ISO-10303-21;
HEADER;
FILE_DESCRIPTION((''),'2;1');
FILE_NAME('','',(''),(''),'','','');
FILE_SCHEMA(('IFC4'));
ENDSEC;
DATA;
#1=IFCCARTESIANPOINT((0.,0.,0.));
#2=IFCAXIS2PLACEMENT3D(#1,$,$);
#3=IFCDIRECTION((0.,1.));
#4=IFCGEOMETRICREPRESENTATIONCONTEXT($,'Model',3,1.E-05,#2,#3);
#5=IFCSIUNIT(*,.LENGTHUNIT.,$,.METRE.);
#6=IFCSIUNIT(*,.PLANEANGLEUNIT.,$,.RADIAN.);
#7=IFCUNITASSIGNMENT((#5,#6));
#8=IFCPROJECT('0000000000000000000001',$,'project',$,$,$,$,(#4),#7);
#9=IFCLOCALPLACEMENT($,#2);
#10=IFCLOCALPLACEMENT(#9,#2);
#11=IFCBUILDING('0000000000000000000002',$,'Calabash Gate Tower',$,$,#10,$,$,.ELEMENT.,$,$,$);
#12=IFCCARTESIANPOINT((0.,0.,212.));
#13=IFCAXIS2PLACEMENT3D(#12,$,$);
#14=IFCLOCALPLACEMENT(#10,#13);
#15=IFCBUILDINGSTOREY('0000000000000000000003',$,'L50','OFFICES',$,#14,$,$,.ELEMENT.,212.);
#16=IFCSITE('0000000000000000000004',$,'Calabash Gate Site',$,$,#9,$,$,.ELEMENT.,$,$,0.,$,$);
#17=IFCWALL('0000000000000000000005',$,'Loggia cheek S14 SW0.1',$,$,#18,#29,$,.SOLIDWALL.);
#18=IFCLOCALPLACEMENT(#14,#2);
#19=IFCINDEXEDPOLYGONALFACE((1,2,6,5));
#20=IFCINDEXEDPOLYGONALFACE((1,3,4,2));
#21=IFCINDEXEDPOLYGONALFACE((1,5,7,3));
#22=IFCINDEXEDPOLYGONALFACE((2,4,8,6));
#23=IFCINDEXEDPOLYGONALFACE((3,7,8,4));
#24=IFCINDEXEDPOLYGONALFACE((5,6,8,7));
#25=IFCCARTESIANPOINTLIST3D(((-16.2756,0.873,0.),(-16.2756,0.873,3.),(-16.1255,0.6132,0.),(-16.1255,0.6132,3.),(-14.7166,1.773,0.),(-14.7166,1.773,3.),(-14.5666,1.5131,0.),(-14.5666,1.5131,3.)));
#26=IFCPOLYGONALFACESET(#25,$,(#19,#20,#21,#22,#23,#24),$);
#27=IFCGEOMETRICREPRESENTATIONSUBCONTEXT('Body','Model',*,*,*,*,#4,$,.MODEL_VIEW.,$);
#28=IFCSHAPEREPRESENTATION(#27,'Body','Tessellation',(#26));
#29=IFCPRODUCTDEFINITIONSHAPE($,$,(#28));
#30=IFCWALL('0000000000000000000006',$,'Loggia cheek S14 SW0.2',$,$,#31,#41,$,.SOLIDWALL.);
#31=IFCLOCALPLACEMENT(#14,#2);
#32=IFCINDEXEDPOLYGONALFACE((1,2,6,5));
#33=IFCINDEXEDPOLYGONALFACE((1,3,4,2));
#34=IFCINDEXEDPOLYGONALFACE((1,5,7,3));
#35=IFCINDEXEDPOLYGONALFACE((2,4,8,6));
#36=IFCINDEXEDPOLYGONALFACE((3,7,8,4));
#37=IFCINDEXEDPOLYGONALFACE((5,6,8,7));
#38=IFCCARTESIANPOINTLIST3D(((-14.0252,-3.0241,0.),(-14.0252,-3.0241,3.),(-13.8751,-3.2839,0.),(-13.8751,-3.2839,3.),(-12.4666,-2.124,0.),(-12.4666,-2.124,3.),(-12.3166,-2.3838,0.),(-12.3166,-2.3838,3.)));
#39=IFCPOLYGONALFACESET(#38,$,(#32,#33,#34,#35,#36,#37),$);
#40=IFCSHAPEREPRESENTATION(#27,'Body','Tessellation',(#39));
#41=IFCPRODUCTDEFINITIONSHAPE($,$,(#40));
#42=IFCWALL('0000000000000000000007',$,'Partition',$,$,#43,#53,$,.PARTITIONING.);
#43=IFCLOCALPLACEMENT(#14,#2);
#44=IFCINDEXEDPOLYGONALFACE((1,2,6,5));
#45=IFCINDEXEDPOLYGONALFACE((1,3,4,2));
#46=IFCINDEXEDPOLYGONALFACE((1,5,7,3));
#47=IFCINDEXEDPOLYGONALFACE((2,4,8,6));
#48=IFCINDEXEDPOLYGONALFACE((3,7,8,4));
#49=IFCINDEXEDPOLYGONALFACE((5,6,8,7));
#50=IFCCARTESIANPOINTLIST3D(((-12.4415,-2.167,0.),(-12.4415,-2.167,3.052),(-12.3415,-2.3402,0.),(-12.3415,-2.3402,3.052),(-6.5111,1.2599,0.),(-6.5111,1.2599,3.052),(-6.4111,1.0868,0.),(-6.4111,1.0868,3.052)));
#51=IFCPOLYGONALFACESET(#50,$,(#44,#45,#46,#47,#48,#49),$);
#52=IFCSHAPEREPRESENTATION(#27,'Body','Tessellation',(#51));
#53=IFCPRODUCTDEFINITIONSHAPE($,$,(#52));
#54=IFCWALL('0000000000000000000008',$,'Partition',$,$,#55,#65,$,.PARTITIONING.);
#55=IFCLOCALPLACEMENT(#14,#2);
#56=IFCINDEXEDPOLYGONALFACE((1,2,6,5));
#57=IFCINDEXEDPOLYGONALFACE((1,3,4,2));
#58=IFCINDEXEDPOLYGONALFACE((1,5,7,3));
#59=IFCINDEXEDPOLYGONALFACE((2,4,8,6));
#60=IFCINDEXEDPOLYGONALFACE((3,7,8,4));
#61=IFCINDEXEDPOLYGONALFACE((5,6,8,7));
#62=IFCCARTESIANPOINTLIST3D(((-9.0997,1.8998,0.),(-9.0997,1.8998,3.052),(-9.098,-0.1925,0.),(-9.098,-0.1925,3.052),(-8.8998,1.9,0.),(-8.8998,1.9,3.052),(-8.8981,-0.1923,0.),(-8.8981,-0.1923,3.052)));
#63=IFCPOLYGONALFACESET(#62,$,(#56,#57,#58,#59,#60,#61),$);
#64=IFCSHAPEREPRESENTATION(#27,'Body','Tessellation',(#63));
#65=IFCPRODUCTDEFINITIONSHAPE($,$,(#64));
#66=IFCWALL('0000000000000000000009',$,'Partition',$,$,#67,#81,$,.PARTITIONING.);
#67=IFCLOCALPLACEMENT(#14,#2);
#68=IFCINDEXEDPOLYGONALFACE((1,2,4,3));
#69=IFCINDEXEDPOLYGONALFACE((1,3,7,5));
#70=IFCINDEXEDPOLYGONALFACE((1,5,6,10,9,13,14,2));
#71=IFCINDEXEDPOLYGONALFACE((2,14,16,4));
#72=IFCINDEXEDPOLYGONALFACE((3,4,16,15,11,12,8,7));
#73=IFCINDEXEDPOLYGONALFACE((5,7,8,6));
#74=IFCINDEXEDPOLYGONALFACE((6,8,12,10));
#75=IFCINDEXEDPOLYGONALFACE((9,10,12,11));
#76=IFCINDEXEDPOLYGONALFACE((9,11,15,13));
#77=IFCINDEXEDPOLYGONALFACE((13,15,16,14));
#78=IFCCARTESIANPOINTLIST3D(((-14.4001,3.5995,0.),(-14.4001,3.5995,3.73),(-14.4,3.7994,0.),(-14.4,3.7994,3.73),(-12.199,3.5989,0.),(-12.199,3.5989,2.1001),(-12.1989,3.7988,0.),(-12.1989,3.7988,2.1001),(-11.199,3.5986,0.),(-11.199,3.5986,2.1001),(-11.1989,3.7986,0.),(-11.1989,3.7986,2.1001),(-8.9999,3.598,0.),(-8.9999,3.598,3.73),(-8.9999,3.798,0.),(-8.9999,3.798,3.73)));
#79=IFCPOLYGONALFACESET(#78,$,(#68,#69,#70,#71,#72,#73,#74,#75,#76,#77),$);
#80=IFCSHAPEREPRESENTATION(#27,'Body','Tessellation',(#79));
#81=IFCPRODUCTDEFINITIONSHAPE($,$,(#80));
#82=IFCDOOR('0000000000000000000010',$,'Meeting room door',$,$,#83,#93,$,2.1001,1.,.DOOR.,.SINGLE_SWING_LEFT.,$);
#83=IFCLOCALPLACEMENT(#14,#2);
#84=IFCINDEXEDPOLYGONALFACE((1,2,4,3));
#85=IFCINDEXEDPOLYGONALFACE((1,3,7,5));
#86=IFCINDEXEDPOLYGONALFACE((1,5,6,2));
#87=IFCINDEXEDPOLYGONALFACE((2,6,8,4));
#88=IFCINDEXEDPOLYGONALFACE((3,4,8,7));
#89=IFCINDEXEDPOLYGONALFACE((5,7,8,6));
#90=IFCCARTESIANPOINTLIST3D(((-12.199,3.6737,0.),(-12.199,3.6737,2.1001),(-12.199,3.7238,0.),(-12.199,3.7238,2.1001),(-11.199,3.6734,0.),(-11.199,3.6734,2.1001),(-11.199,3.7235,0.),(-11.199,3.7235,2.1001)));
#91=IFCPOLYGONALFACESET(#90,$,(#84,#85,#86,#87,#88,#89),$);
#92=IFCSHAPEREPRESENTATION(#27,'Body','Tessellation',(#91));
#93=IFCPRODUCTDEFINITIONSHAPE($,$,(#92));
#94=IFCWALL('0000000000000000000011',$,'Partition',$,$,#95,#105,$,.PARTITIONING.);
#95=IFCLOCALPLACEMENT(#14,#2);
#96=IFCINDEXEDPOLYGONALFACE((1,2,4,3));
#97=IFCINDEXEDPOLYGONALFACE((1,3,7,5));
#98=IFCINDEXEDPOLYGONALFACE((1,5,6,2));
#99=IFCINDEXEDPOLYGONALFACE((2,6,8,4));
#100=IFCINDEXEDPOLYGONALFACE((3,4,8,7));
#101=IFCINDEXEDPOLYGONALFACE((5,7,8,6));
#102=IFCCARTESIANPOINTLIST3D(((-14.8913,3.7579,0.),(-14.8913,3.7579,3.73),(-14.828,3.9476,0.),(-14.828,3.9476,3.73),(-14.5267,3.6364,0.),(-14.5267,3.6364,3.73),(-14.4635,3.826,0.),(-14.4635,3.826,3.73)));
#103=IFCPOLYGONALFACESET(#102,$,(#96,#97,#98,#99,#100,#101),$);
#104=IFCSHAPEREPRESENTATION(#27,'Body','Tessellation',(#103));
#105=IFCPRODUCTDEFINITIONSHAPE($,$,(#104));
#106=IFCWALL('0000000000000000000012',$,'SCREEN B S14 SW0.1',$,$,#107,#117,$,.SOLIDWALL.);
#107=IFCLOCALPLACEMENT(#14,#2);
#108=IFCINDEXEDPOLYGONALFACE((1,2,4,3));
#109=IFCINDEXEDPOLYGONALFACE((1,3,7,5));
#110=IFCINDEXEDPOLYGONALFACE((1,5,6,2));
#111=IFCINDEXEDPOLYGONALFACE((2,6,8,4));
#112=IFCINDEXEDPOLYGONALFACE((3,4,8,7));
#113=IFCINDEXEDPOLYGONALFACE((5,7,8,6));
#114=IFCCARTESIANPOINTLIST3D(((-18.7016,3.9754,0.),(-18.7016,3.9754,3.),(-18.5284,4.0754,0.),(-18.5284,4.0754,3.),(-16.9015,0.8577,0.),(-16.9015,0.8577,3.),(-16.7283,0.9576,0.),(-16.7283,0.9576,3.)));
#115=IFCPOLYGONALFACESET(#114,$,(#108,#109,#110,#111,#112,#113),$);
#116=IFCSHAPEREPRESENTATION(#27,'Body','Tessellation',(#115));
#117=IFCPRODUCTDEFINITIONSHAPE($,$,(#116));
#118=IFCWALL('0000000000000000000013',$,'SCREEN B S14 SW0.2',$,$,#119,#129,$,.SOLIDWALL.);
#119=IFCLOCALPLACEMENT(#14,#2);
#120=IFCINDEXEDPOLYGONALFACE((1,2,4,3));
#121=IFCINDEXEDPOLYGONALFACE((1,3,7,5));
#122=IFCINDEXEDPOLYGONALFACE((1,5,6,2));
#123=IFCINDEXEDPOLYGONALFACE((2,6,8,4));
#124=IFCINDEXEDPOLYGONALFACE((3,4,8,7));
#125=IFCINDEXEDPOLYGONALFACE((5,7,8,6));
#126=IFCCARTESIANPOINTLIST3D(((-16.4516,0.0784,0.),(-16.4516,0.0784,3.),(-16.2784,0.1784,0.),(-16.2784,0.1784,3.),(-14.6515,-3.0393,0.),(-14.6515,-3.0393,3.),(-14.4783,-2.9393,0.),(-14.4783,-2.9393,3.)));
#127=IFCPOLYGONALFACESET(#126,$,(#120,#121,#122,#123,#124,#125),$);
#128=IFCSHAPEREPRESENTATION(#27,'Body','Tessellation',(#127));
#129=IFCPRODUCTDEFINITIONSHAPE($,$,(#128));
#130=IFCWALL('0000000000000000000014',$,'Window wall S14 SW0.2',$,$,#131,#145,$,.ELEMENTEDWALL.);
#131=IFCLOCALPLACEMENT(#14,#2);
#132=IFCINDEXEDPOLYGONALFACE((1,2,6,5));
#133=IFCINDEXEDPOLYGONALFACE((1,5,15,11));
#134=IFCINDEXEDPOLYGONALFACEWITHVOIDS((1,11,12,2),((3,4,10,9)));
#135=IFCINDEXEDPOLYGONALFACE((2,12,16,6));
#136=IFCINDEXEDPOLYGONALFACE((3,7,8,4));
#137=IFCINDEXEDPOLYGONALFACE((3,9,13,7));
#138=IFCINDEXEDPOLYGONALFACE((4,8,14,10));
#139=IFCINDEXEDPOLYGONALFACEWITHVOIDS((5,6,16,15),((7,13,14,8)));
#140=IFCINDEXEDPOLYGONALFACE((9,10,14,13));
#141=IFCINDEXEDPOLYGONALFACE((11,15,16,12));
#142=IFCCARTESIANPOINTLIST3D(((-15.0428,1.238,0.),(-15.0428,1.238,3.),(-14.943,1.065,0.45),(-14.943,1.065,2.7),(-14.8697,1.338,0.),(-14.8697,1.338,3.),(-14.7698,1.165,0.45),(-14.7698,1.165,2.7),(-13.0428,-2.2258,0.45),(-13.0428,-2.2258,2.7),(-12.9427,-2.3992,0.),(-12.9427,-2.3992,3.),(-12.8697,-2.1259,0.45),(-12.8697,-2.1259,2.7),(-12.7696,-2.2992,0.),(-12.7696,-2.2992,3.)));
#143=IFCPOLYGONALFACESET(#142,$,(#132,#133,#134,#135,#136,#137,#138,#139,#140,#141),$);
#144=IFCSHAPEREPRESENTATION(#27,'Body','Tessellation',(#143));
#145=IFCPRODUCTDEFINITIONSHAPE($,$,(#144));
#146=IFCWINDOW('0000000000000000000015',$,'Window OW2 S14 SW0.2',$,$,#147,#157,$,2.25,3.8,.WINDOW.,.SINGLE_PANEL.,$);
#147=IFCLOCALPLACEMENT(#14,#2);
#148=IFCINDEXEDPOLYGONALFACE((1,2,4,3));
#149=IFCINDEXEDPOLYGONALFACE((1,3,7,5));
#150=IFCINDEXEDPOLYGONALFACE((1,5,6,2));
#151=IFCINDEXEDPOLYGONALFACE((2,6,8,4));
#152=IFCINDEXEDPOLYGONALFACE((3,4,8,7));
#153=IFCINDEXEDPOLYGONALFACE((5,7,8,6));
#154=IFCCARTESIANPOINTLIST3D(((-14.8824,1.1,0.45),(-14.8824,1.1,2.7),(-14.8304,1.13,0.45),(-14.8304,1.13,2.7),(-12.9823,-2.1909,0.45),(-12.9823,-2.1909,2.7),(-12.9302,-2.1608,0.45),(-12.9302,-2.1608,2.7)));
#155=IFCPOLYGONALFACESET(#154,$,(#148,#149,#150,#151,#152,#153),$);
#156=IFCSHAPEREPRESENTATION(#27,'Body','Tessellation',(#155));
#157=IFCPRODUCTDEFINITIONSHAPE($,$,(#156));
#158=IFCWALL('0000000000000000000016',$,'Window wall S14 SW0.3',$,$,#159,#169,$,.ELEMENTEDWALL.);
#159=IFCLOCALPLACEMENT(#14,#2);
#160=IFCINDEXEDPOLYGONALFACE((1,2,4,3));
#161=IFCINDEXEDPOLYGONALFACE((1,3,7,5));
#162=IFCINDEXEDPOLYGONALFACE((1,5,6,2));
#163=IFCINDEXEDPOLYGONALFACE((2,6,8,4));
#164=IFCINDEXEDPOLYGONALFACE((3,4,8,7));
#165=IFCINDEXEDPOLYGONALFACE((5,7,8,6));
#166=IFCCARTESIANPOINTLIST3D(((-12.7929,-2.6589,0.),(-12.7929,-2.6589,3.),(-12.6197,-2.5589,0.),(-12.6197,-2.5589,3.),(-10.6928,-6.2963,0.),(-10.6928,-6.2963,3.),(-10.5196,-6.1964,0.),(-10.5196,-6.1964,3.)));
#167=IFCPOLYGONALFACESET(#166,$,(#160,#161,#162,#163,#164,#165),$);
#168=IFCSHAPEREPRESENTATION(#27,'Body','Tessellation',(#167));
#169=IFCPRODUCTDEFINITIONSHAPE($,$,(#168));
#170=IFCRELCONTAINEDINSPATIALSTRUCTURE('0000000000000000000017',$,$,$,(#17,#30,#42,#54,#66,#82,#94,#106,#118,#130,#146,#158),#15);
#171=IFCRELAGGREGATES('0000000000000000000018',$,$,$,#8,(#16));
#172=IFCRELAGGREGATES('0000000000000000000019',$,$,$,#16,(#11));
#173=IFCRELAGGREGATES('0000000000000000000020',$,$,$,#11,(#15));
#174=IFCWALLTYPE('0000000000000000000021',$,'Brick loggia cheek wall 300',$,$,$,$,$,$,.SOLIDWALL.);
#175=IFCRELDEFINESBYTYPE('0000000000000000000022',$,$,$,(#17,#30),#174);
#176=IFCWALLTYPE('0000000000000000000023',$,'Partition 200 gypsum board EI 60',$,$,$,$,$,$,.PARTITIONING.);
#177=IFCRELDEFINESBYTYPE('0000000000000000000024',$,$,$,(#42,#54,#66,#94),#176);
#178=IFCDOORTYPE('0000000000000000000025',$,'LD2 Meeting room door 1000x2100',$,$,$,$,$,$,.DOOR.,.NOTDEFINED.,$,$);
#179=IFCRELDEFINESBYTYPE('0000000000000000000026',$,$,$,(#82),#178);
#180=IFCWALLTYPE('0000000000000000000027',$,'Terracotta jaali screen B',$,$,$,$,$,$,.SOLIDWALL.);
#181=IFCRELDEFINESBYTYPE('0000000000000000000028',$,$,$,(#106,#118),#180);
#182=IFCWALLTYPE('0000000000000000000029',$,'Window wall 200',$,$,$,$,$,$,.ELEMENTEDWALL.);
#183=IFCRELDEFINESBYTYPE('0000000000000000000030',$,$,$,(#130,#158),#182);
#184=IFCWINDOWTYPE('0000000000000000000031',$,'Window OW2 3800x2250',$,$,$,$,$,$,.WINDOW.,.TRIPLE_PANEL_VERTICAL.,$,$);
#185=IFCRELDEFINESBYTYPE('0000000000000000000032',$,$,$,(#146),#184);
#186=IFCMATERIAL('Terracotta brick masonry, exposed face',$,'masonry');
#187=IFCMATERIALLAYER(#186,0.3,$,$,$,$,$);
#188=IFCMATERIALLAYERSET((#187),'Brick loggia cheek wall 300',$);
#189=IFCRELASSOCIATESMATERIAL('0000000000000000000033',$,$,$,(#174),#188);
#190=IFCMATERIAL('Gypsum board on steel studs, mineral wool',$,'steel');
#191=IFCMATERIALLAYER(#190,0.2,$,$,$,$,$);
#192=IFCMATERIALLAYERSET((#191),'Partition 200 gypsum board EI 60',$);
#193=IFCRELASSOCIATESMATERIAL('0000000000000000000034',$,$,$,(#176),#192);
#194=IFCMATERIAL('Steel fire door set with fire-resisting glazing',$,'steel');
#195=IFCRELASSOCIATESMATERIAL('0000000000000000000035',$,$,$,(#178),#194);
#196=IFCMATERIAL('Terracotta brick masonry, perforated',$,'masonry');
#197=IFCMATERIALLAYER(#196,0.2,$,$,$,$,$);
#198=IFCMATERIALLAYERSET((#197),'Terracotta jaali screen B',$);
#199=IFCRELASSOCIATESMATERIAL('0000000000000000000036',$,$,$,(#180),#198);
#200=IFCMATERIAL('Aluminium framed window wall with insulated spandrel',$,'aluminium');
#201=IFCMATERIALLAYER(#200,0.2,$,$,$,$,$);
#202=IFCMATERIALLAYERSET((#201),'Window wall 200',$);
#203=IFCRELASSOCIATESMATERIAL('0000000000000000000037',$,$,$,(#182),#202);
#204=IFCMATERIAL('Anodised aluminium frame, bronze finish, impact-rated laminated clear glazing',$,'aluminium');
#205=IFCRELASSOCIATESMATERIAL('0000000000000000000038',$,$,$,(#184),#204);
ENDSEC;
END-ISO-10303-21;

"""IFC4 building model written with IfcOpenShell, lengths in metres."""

from ifc_helpers import new_model, si_unit, direction, frame, frame_2d, origin, place, context, subcontext, project, spatial, rectangle, extrude, material, layer, layer_set, type_object, element, fill, save


model = new_model("IFC4")

# Units and contexts
model_context = context("Model", 3, precision=1e-05, world=origin(), true_north=direction((0.0, 1.0)))
body_context = subcontext(model_context, "Body", "Model", "MODEL_VIEW")
ifc_project = project(units=[si_unit("LENGTHUNIT", "METRE"), si_unit("PLANEANGLEUNIT", "RADIAN")], contexts=[model_context])

# Site, building, storey
site_placement = place(None, origin())
site = spatial("IfcSite", under=ifc_project, at=site_placement, Name="Calabash Gate Site", CompositionType="ELEMENT", RefElevation=0.0)
building_placement = place(site_placement, origin())
building = spatial("IfcBuilding", under=site, at=building_placement, Name="Calabash Gate Tower", CompositionType="ELEMENT")
storey_placement = place(building_placement, frame((0.0, 0.0, 212.0)))
storey = spatial("IfcBuildingStorey", under=building, at=storey_placement, Name="L50", Description="OFFICES", CompositionType="ELEMENT", Elevation=212.0)

# Walls
ifc_material_1 = material(Name="Terracotta brick masonry, exposed face", Category="masonry")
ifc_layer_1 = layer(ifc_material_1, 0.3)
ifc_layer_set_1 = layer_set([ifc_layer_1], Name="Brick loggia cheek wall 300")
wall_type_1 = type_object("IfcWallType", Name="Brick loggia cheek wall 300", PredefinedType="SOLIDWALL", material=ifc_layer_set_1)
wall_1_placement = place(storey_placement, frame((-16.2004, 0.7432, 0.0), z_axis=(0.0, 0.0, 1.0), x_axis=(0.866048, 0.499961, 0.0)))
element("IfcWall", 1, at=wall_1_placement, inside=storey, type_object=wall_type_1, Name="Loggia cheek S14 SW0.1", PredefinedType="SOLIDWALL", context=body_context, shape_type="SweptSolid", body=[
    extrude(rectangle(XDim=1.8, YDim=0.3, at=frame_2d((0.8999, 0.0))), origin(), (0.0, 0.0, 1.0), 3.0),
])
wall_2_placement = place(storey_placement, frame((-12.3916, -2.2539, 0.0), z_axis=(0.0, 0.0, 1.0), x_axis=(-0.865955, -0.500122, 0.0)))
element("IfcWall", 2, at=wall_2_placement, inside=storey, type_object=wall_type_1, Name="Loggia cheek S14 SW0.2", PredefinedType="SOLIDWALL", context=body_context, shape_type="SweptSolid", body=[
    extrude(rectangle(XDim=1.7998, YDim=0.3, at=frame_2d((0.8999, 0.0))), origin(), (0.0, 0.0, 1.0), 3.0),
])
ifc_material_2 = material(Name="Gypsum board on steel studs, mineral wool", Category="steel")
ifc_layer_2 = layer(ifc_material_2, 0.2)
ifc_layer_set_2 = layer_set([ifc_layer_2], Name="Partition 200 gypsum board EI 60")
wall_type_2 = type_object("IfcWallType", Name="Partition 200 gypsum board EI 60", PredefinedType="PARTITIONING", material=ifc_layer_set_2)
wall_3_placement = place(storey_placement, frame((-12.3916, -2.2537, 0.0), z_axis=(0.0, 0.0, 1.0), x_axis=(0.865831, 0.500336, 0.0)))
element("IfcWall", 3, at=wall_3_placement, inside=storey, type_object=wall_type_2, Name="Partition", PredefinedType="PARTITIONING", context=body_context, shape_type="SweptSolid", body=[
    extrude(rectangle(XDim=6.8494, YDim=0.2, at=frame_2d((3.4248, 0.0))), origin(), (0.0, 0.0, 1.0), 3.052),
])
wall_4_placement = place(storey_placement, frame((-8.9998, 1.8999, 0.0), z_axis=(0.0, 0.0, 1.0), x_axis=(0.000817, -1.0, 0.0)))
element("IfcWall", 4, at=wall_4_placement, inside=storey, type_object=wall_type_2, Name="Partition", PredefinedType="PARTITIONING", context=body_context, shape_type="SweptSolid", body=[
    extrude(rectangle(XDim=2.0923, YDim=0.2, at=frame_2d((1.0461, 0.0))), origin(), (0.0, 0.0, 1.0), 3.052),
])

# Wall, opening, door
wall_5_placement = place(storey_placement, frame((-14.4001, 3.6995, 0.0), z_axis=(0.0, 0.0, 1.0), x_axis=(1.0, -0.000271, 0.0)))
wall_5 = element("IfcWall", 5, at=wall_5_placement, inside=storey, type_object=wall_type_2, Name="Partition", PredefinedType="PARTITIONING", context=body_context, shape_type="SweptSolid", body=[
    extrude(rectangle(XDim=5.4001, YDim=0.2, at=frame_2d((2.7002, 0.0))), origin(), (0.0, 0.0, 1.0), 3.73),
])
opening_1_placement = place(wall_5_placement, frame((2.2012, 0.0, 0.0)))
opening_1 = element("IfcOpeningElement", 6, at=opening_1_placement, cuts=wall_5, PredefinedType="OPENING", context=body_context, shape_type="SweptSolid", body=[
    extrude(rectangle(XDim=1.0, YDim=2.1001, at=frame_2d((0.5, 1.05))), frame((0.0, 0.1099, 0.0), z_axis=(0.0, -1.0, 0.0), x_axis=(1.0, 0.0, 0.0)), (0.0, 0.0, 1.0), 0.22),
])
ifc_material_3 = material(Name="Steel fire door set with fire-resisting glazing", Category="steel")
door_type = type_object("IfcDoorType", Name="LD2 Meeting room door 1000x2100", OperationType="NOTDEFINED", PredefinedType="DOOR", material=ifc_material_3)
door_placement = place(opening_1_placement, origin())
door = element("IfcDoor", 7, at=door_placement, inside=storey, type_object=door_type, Name="Meeting room door", OperationType="SINGLE_SWING_LEFT", OverallHeight=2.1001, OverallWidth=1.0, PredefinedType="DOOR", context=body_context, shape_type="SweptSolid", body=[
    extrude(rectangle(XDim=1.0, YDim=2.1001, at=frame_2d((0.5, 1.05))), frame((0.0, 0.0249, 0.0), z_axis=(0.0, -1.0, 0.0), x_axis=(1.0, 0.0, 0.0)), (0.0, 0.0, 1.0), 0.05),
])
fill(opening_1, door)

# Walls
wall_6_placement = place(storey_placement, frame((-14.8596, 3.8528, 0.0), z_axis=(0.0, 0.0, 1.0), x_axis=(0.94862, -0.316418, 0.0)))
element("IfcWall", 8, at=wall_6_placement, inside=storey, type_object=wall_type_2, Name="Partition", PredefinedType="PARTITIONING", context=body_context, shape_type="SweptSolid", body=[
    extrude(rectangle(XDim=0.3843, YDim=0.2, at=frame_2d((0.1921, 0.0))), origin(), (0.0, 0.0, 1.0), 3.73),
])
ifc_material_4 = material(Name="Terracotta brick masonry, perforated", Category="masonry")
ifc_layer_3 = layer(ifc_material_4, 0.2)
ifc_layer_set_3 = layer_set([ifc_layer_3], Name="Terracotta jaali screen B")
wall_type_3 = type_object("IfcWallType", Name="Terracotta jaali screen B", PredefinedType="SOLIDWALL", material=ifc_layer_set_3)
for number, where, z_axis, x_axis, name in (
    (9, (-18.615, 4.0254, 0.0), (0.0, 0.0, 1.0), (0.500012, -0.866018, 0.0), "SCREEN B S14 SW0.1"),
    (10, (-16.365, 0.1284, 0.0), (0.0, 0.0, 1.0), (0.500012, -0.866018, 0.0), "SCREEN B S14 SW0.2"),
):
    element("IfcWall", number, at=place(storey_placement, frame(where, z_axis=z_axis, x_axis=x_axis)), inside=storey, type_object=wall_type_3, Name=name, PredefinedType="SOLIDWALL", context=body_context, shape_type="SweptSolid", body=[
        extrude(rectangle(XDim=3.6001, YDim=0.2, at=frame_2d((1.8, 0.0))), origin(), (0.0, 0.0, 1.0), 3.0),
    ])

# Wall, opening, window
ifc_material_5 = material(Name="Aluminium framed window wall with insulated spandrel", Category="aluminium")
ifc_layer_4 = layer(ifc_material_5, 0.2)
ifc_layer_set_4 = layer_set([ifc_layer_4], Name="Window wall 200")
wall_type_4 = type_object("IfcWallType", Name="Window wall 200", PredefinedType="ELEMENTEDWALL", material=ifc_layer_set_4)
wall_7_placement = place(storey_placement, frame((-14.9563, 1.2881, 0.0), z_axis=(0.0, 0.0, 1.0), x_axis=(0.500028, -0.866009, 0.0)))
wall_7 = element("IfcWall", 11, at=wall_7_placement, inside=storey, type_object=wall_type_4, Name="Window wall S14 SW0.2", PredefinedType="ELEMENTEDWALL", context=body_context, shape_type="SweptSolid", body=[
    extrude(rectangle(XDim=4.2, YDim=0.2, at=frame_2d((2.1001, 0.0))), origin(), (0.0, 0.0, 1.0), 3.0),
])
opening_2_placement = place(wall_7_placement, frame((0.2, 0.0, 0.45)))
opening_2 = element("IfcOpeningElement", 12, at=opening_2_placement, cuts=wall_7, PredefinedType="OPENING", context=body_context, shape_type="SweptSolid", body=[
    extrude(rectangle(XDim=3.8, YDim=2.25, at=frame_2d((1.8999, 1.125))), frame((0.0, 0.1099, 0.0), z_axis=(0.0, -1.0, 0.0), x_axis=(1.0, 0.0, 0.0)), (0.0, 0.0, 1.0), 0.22),
])
ifc_material_6 = material(Name="Anodised aluminium frame, bronze finish, impact-rated laminated clear glazing", Category="aluminium")
window_type = type_object("IfcWindowType", Name="Window OW2 3800x2250", PartitioningType="TRIPLE_PANEL_VERTICAL", PredefinedType="WINDOW", material=ifc_material_6)
window_placement = place(opening_2_placement, origin())
window = element("IfcWindow", 13, at=window_placement, inside=storey, type_object=window_type, Name="Window OW2 S14 SW0.2", OverallHeight=2.25, OverallWidth=3.8, PartitioningType="SINGLE_PANEL", PredefinedType="WINDOW", context=body_context, shape_type="SweptSolid", body=[
    extrude(rectangle(XDim=3.8, YDim=2.25, at=frame_2d((1.8999, 1.125))), frame((0.0, 0.03, 0.0), z_axis=(0.0, -1.0, 0.0), x_axis=(1.0, 0.0, 0.0)), (0.0, 0.0, 1.0), 0.0601),
])
fill(opening_2, window)

# Wall
wall_8_placement = place(storey_placement, frame((-12.7063, -2.6089, 0.0), z_axis=(0.0, 0.0, 1.0), x_axis=(0.500003, -0.866024, 0.0)))
element("IfcWall", 14, at=wall_8_placement, inside=storey, type_object=wall_type_4, Name="Window wall S14 SW0.3", PredefinedType="ELEMENTEDWALL", context=body_context, shape_type="SweptSolid", body=[
    extrude(rectangle(XDim=4.2002, YDim=0.2, at=frame_2d((2.1001, 0.0))), origin(), (0.0, 0.0, 1.0), 3.0),
])

save(model, "model.ifc")
